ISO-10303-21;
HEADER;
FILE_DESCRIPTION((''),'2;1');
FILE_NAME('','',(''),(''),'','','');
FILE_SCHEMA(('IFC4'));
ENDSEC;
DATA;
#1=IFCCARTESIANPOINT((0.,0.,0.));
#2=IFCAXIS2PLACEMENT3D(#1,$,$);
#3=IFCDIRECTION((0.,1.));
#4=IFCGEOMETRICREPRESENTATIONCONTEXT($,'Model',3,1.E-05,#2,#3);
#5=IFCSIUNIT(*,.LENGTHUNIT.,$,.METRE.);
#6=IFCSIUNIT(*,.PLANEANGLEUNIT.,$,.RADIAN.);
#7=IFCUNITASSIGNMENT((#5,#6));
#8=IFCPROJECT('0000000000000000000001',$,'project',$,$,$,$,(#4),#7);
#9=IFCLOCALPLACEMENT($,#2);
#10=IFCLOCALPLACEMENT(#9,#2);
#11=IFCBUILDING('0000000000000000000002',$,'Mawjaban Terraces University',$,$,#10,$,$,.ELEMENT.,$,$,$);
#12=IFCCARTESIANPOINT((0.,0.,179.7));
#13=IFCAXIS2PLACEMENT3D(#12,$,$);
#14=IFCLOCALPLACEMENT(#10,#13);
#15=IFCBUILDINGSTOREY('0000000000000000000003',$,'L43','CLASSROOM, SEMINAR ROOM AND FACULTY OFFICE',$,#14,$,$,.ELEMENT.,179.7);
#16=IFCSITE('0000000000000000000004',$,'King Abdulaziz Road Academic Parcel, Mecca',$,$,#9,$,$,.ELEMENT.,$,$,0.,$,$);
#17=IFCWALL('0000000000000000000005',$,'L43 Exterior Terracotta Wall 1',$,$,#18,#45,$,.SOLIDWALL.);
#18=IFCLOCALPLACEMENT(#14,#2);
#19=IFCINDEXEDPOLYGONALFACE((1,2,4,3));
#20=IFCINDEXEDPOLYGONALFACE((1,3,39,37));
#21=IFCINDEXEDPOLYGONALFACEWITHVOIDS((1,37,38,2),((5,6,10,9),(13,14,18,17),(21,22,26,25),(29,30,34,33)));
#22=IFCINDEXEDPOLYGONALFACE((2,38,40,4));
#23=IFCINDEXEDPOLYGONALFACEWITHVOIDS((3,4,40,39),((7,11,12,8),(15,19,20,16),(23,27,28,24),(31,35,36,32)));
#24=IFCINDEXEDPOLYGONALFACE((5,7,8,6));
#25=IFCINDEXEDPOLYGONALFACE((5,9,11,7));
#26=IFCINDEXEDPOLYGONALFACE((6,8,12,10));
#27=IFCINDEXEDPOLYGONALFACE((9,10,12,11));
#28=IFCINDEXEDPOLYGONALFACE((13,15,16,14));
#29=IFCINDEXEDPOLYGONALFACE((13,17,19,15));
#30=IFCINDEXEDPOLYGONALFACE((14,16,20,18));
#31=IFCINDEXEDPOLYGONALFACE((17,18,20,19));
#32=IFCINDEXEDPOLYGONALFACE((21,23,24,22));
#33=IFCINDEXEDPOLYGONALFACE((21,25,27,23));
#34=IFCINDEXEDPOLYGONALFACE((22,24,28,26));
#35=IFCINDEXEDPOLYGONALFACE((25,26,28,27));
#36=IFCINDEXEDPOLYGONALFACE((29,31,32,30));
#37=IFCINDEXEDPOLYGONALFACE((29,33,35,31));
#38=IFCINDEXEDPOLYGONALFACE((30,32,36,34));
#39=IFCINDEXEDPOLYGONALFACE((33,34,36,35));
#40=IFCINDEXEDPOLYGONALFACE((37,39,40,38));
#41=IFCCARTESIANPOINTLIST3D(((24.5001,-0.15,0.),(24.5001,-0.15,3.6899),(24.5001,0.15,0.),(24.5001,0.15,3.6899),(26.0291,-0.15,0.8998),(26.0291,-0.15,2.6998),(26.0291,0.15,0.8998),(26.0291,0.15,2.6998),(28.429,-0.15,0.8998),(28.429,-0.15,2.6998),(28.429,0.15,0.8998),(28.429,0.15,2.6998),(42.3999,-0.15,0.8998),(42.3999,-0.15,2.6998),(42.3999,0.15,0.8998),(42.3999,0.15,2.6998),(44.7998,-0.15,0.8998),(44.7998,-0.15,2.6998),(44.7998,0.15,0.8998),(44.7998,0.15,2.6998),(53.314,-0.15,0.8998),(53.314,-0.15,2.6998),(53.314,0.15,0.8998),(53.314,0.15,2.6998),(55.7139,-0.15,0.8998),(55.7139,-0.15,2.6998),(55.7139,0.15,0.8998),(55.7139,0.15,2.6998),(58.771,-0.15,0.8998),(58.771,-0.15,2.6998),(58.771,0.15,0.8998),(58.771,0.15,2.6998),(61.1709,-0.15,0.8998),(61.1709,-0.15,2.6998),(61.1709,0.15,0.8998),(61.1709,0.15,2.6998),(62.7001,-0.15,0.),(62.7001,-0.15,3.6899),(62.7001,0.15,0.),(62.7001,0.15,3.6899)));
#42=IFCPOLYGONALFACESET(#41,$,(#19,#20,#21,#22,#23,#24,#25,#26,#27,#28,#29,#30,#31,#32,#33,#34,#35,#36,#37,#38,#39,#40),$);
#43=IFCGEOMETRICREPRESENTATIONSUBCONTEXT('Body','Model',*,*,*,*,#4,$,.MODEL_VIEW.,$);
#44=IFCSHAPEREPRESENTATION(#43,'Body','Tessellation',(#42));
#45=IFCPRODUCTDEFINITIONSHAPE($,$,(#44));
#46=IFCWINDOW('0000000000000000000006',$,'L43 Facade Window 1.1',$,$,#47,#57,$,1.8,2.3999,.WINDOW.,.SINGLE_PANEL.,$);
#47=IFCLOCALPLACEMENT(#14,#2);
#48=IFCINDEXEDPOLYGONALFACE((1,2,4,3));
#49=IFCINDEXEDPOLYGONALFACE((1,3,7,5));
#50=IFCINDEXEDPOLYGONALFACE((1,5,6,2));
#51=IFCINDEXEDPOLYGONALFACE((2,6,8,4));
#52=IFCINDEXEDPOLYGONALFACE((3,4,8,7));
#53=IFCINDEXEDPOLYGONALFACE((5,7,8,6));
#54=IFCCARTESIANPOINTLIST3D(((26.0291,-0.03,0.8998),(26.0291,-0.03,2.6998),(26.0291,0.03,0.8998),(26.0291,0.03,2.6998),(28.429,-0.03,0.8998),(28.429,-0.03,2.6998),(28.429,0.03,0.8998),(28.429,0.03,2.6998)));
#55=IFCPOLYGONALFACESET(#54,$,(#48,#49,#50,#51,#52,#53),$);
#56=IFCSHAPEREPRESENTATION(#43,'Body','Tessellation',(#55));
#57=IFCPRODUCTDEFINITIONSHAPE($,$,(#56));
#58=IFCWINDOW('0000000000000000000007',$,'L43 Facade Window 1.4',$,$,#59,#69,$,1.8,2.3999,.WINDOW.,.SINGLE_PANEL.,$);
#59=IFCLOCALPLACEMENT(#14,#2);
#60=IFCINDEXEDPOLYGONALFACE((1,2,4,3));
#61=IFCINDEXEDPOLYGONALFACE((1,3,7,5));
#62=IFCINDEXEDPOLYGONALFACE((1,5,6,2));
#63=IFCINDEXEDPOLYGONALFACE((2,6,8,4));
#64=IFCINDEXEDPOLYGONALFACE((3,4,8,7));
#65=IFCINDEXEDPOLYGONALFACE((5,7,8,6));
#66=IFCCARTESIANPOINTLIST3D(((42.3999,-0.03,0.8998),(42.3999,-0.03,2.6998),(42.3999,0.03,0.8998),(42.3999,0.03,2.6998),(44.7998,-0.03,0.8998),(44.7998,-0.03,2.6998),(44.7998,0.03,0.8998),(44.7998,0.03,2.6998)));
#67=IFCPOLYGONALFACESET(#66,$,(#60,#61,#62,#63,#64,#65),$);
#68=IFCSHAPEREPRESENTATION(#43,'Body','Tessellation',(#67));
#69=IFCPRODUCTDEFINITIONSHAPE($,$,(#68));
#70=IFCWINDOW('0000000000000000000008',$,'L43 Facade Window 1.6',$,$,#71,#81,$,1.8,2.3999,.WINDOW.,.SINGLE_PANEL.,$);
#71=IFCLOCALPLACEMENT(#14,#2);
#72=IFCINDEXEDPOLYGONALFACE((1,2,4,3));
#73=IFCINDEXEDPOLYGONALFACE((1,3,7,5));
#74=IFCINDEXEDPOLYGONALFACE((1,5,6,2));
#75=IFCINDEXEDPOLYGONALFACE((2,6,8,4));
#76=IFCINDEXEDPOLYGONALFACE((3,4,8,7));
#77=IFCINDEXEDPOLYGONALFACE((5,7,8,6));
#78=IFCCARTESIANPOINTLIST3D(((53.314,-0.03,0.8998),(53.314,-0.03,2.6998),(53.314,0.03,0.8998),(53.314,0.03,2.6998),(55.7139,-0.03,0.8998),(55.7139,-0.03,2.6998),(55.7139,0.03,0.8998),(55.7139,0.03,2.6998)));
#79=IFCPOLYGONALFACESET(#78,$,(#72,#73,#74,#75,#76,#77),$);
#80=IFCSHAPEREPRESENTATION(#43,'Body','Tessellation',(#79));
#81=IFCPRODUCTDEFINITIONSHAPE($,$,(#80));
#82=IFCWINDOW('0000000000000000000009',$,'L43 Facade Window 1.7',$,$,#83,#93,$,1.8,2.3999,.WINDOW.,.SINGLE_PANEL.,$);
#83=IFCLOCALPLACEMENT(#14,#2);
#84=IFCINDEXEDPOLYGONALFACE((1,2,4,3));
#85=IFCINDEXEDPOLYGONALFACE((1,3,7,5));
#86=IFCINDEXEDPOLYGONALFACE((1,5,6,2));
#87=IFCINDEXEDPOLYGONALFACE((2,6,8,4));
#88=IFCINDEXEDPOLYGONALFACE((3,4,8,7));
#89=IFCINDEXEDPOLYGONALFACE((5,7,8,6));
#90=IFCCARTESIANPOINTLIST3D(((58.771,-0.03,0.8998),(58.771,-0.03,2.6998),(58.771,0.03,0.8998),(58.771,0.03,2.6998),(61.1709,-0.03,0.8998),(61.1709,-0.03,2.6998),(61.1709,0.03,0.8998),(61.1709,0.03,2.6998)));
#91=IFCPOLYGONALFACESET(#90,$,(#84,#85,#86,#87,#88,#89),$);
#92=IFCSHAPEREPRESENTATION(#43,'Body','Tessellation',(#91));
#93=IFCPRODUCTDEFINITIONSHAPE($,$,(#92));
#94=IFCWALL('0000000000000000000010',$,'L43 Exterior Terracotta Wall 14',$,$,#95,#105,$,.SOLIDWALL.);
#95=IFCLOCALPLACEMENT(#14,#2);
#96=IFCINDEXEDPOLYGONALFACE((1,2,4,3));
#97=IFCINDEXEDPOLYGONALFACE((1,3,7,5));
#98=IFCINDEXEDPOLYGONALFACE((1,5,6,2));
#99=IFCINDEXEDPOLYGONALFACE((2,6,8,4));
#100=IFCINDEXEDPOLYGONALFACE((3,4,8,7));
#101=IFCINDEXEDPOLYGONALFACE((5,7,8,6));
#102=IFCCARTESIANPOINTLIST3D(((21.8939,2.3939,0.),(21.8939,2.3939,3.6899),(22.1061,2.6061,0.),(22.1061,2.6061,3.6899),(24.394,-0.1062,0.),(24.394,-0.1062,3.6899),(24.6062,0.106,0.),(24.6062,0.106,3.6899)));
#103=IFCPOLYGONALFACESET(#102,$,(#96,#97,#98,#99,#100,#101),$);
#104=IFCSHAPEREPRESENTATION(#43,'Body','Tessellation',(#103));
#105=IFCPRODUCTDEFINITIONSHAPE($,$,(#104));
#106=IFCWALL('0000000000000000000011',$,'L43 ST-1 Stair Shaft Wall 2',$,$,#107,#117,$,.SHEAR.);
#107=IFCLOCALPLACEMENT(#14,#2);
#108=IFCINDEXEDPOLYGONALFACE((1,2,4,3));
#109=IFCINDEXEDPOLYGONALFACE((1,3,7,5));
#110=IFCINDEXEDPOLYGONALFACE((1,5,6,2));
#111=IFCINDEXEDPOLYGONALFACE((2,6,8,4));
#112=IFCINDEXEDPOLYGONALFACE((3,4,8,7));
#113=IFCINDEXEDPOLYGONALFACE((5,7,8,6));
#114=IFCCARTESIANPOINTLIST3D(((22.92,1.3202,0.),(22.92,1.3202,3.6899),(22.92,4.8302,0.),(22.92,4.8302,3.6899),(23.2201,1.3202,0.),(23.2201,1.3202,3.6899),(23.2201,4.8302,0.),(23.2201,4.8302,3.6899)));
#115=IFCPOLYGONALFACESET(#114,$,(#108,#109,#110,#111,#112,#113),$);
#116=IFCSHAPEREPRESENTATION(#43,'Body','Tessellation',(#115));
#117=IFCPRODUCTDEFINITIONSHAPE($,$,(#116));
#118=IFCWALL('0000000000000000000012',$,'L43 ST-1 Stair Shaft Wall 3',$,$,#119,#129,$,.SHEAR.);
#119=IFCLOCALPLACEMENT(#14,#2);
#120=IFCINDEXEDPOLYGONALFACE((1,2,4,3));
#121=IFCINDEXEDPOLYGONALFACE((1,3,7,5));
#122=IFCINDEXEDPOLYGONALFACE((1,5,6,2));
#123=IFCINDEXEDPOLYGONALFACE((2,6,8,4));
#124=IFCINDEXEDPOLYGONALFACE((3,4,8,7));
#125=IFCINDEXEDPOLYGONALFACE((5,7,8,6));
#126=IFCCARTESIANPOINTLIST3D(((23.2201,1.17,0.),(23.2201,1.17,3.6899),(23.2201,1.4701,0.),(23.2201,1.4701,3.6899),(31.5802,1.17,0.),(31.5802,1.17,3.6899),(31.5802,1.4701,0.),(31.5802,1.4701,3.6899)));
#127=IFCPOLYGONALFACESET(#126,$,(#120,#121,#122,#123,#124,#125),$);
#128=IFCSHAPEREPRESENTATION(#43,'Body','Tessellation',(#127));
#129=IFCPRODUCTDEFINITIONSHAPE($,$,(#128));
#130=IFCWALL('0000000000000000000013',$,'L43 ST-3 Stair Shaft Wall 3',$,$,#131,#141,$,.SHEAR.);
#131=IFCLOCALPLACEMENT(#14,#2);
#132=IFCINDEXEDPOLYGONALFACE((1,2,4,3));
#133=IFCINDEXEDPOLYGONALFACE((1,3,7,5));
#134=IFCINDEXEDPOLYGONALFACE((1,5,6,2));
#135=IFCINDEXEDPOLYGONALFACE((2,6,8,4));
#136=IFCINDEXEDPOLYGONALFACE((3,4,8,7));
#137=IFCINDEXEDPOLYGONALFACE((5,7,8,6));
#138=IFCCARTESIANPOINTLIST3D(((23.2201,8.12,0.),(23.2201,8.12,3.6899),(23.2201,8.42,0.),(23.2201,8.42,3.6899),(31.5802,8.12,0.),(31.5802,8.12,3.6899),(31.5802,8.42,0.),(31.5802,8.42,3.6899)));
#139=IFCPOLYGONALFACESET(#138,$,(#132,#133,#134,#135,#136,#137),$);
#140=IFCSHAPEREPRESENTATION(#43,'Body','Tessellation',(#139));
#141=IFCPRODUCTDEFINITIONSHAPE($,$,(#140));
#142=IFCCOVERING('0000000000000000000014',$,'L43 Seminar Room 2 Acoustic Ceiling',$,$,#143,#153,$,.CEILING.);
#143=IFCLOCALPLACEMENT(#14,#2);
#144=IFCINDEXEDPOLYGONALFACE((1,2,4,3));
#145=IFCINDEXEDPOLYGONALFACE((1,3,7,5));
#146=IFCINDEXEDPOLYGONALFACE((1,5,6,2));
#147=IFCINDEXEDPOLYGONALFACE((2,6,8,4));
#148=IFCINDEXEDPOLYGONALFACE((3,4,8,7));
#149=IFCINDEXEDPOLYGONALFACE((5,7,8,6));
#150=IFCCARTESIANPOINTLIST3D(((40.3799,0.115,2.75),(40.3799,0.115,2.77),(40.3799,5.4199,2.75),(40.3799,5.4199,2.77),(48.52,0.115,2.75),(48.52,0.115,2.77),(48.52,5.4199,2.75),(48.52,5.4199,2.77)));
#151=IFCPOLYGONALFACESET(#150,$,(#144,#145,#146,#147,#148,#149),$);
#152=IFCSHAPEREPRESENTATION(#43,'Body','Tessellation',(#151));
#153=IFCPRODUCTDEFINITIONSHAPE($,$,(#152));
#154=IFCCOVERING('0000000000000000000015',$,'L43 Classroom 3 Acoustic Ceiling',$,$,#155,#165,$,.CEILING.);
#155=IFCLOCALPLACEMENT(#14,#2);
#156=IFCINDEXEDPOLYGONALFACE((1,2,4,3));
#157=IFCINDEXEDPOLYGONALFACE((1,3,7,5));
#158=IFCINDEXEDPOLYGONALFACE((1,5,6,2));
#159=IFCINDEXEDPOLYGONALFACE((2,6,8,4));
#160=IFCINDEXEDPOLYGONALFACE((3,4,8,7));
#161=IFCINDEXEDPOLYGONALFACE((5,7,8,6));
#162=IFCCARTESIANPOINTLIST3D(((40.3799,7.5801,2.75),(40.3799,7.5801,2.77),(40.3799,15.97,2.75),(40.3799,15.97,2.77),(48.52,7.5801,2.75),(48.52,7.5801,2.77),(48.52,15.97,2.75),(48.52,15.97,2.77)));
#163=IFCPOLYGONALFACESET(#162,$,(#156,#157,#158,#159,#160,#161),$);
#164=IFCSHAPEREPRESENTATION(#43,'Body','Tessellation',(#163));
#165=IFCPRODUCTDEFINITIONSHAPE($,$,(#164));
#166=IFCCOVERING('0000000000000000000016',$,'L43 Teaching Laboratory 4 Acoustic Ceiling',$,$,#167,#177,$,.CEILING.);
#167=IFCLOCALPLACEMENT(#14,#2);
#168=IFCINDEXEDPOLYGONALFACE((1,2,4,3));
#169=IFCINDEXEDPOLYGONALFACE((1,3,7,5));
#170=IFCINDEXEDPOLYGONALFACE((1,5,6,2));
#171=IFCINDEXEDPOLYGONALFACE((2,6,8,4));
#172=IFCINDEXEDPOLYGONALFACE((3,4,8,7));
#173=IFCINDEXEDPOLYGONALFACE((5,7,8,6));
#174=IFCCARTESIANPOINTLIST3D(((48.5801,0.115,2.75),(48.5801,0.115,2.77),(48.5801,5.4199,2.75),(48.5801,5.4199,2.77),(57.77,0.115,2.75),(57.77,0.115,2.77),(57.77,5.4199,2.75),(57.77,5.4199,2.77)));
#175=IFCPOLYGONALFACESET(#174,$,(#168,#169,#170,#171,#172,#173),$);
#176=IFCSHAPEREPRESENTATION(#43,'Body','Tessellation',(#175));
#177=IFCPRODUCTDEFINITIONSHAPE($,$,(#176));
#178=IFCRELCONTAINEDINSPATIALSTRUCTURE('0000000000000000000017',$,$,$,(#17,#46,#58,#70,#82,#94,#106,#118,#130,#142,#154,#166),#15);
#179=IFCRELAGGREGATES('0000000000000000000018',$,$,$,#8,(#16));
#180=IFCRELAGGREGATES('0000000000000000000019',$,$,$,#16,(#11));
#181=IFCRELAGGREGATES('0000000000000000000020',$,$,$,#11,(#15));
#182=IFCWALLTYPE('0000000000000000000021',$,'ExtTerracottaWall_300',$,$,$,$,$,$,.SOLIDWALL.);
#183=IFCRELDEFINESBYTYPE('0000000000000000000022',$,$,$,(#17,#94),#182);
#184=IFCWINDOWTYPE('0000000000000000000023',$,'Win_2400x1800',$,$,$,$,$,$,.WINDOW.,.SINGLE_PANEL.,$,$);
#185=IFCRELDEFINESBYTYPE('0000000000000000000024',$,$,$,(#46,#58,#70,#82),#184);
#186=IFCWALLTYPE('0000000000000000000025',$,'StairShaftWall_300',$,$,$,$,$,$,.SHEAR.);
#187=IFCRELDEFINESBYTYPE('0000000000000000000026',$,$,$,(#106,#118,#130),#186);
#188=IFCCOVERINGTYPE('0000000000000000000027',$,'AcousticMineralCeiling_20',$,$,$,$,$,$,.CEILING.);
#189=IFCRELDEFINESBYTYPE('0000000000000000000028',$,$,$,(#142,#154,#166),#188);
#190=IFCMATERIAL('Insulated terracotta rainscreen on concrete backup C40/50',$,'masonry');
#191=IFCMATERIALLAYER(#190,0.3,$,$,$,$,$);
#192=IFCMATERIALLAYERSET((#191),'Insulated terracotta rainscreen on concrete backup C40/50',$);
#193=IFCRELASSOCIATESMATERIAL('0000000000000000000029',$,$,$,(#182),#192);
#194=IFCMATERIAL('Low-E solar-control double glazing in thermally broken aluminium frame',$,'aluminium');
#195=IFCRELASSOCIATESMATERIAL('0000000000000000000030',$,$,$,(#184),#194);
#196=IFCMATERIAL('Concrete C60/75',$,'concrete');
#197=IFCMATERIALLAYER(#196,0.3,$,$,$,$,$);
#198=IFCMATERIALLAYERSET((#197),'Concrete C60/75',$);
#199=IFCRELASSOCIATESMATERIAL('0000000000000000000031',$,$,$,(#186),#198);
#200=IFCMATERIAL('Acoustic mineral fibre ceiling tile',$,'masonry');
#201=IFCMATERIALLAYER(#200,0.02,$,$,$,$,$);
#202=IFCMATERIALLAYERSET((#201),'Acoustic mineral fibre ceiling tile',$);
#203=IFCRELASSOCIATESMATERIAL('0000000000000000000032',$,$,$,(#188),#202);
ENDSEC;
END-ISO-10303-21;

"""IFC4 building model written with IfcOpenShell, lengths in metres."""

from ifc_helpers import new_model, si_unit, direction, frame, frame_2d, origin, place, context, subcontext, project, spatial, polyline, rectangle, outline, extrude, material, layer, layer_set, type_object, element, fill, save


model = new_model("IFC4")

# Units and contexts
model_context = context("Model", 3, precision=1e-05, world=origin(), true_north=direction((0.0, 1.0)))
body_context = subcontext(model_context, "Body", "Model", "MODEL_VIEW")
ifc_project = project(units=[si_unit("LENGTHUNIT", "METRE"), si_unit("PLANEANGLEUNIT", "RADIAN")], contexts=[model_context])

# Site, building, storey
site_placement = place(None, origin())
site = spatial("IfcSite", under=ifc_project, at=site_placement, Name="King Abdulaziz Road Academic Parcel, Mecca", CompositionType="ELEMENT", RefElevation=0.0)
building_placement = place(site_placement, origin())
building = spatial("IfcBuilding", under=site, at=building_placement, Name="Mawjaban Terraces University", CompositionType="ELEMENT")
storey_placement = place(building_placement, frame((0.0, 0.0, 179.7)))
storey = spatial("IfcBuildingStorey", under=building, at=storey_placement, Name="L43", Description="CLASSROOM, SEMINAR ROOM AND FACULTY OFFICE", CompositionType="ELEMENT", Elevation=179.7)

# Shared definitions
ifc_material_1 = material(Name="Concrete C60/75", Category="concrete")

# Wall, openings, windows
ifc_material_2 = material(Name="Insulated terracotta rainscreen on concrete backup C40/50", Category="masonry")
ifc_layer_1 = layer(ifc_material_2, 0.3)
ifc_layer_set_1 = layer_set([ifc_layer_1], Name="Insulated terracotta rainscreen on concrete backup C40/50")
wall_type_1 = type_object("IfcWallType", Name="ExtTerracottaWall_300", PredefinedType="SOLIDWALL", material=ifc_layer_set_1)
wall_1_placement = place(storey_placement, frame((24.5, 0.0, 0.0), z_axis=(0.0, 0.0, 1.0), x_axis=(1.0, 0.0, 0.0)))
wall_1 = element("IfcWall", 1, at=wall_1_placement, inside=storey, type_object=wall_type_1, Name="L43 Exterior Terracotta Wall 1", PredefinedType="SOLIDWALL", context=body_context, shape_type="SweptSolid", body=[
    extrude(rectangle(XDim=38.2, YDim=0.3, at=frame_2d((19.1001, 0.0))), origin(), (0.0, 0.0, 1.0), 3.6899),
])
opening_1_placement = place(wall_1_placement, frame((1.5291, 0.0, 0.8999)))
opening_1 = element("IfcOpeningElement", 2, at=opening_1_placement, cuts=wall_1, PredefinedType="OPENING", context=body_context, shape_type="SweptSolid", body=[
    extrude(rectangle(XDim=2.3999, YDim=1.8, at=frame_2d((1.2, 0.8999))), frame((0.0, 0.1599, 0.0), z_axis=(0.0, -1.0, 0.0), x_axis=(1.0, 0.0, 0.0)), (0.0, 0.0, 1.0), 0.3201),
])
opening_2_placement = place(wall_1_placement, frame((17.8999, 0.0, 0.8999)))
opening_2 = element("IfcOpeningElement", 3, at=opening_2_placement, cuts=wall_1, PredefinedType="OPENING", context=body_context, shape_type="SweptSolid", body=[
    extrude(rectangle(XDim=2.3999, YDim=1.8, at=frame_2d((1.2, 0.8999))), frame((0.0, 0.1599, 0.0), z_axis=(0.0, -1.0, 0.0), x_axis=(1.0, 0.0, 0.0)), (0.0, 0.0, 1.0), 0.3201),
])
opening_3_placement = place(wall_1_placement, frame((28.814, 0.0, 0.8999)))
opening_3 = element("IfcOpeningElement", 4, at=opening_3_placement, cuts=wall_1, PredefinedType="OPENING", context=body_context, shape_type="SweptSolid", body=[
    extrude(rectangle(XDim=2.3999, YDim=1.8, at=frame_2d((1.2, 0.8999))), frame((0.0, 0.1599, 0.0), z_axis=(0.0, -1.0, 0.0), x_axis=(1.0, 0.0, 0.0)), (0.0, 0.0, 1.0), 0.3201),
])
opening_4_placement = place(wall_1_placement, frame((34.271, 0.0, 0.8999)))
opening_4 = element("IfcOpeningElement", 5, at=opening_4_placement, cuts=wall_1, PredefinedType="OPENING", context=body_context, shape_type="SweptSolid", body=[
    extrude(rectangle(XDim=2.3999, YDim=1.8, at=frame_2d((1.2, 0.8999))), frame((0.0, 0.1599, 0.0), z_axis=(0.0, -1.0, 0.0), x_axis=(1.0, 0.0, 0.0)), (0.0, 0.0, 1.0), 0.3201),
])
ifc_material_3 = material(Name="Low-E solar-control double glazing in thermally broken aluminium frame", Category="aluminium")
window_type = type_object("IfcWindowType", Name="Win_2400x1800", PartitioningType="SINGLE_PANEL", PredefinedType="WINDOW", material=ifc_material_3)
window_1_placement = place(opening_1_placement, origin())
window_1 = element("IfcWindow", 6, at=window_1_placement, inside=storey, type_object=window_type, Name="L43 Facade Window 1.1", OverallHeight=1.8, OverallWidth=2.3999, PartitioningType="SINGLE_PANEL", PredefinedType="WINDOW", context=body_context, shape_type="SweptSolid", body=[
    extrude(rectangle(XDim=2.3999, YDim=1.8, at=frame_2d((1.2, 0.8999))), frame((0.0, 0.03, 0.0), z_axis=(0.0, -1.0, 0.0), x_axis=(1.0, 0.0, 0.0)), (0.0, 0.0, 1.0), 0.0601),
])
fill(opening_1, window_1)
window_2_placement = place(opening_2_placement, origin())
window_2 = element("IfcWindow", 7, at=window_2_placement, inside=storey, type_object=window_type, Name="L43 Facade Window 1.4", OverallHeight=1.8, OverallWidth=2.3999, PartitioningType="SINGLE_PANEL", PredefinedType="WINDOW", context=body_context, shape_type="SweptSolid", body=[
    extrude(rectangle(XDim=2.3999, YDim=1.8, at=frame_2d((1.2, 0.8999))), frame((0.0, 0.03, 0.0), z_axis=(0.0, -1.0, 0.0), x_axis=(1.0, 0.0, 0.0)), (0.0, 0.0, 1.0), 0.0601),
])
fill(opening_2, window_2)
window_3_placement = place(opening_3_placement, origin())
window_3 = element("IfcWindow", 8, at=window_3_placement, inside=storey, type_object=window_type, Name="L43 Facade Window 1.6", OverallHeight=1.8, OverallWidth=2.3999, PartitioningType="SINGLE_PANEL", PredefinedType="WINDOW", context=body_context, shape_type="SweptSolid", body=[
    extrude(rectangle(XDim=2.3999, YDim=1.8, at=frame_2d((1.2, 0.8999))), frame((0.0, 0.03, 0.0), z_axis=(0.0, -1.0, 0.0), x_axis=(1.0, 0.0, 0.0)), (0.0, 0.0, 1.0), 0.0601),
])
fill(opening_3, window_3)
window_4_placement = place(opening_4_placement, origin())
window_4 = element("IfcWindow", 9, at=window_4_placement, inside=storey, type_object=window_type, Name="L43 Facade Window 1.7", OverallHeight=1.8, OverallWidth=2.3999, PartitioningType="SINGLE_PANEL", PredefinedType="WINDOW", context=body_context, shape_type="SweptSolid", body=[
    extrude(rectangle(XDim=2.3999, YDim=1.8, at=frame_2d((1.2, 0.8999))), frame((0.0, 0.03, 0.0), z_axis=(0.0, -1.0, 0.0), x_axis=(1.0, 0.0, 0.0)), (0.0, 0.0, 1.0), 0.0601),
])
fill(opening_4, window_4)

# Walls
wall_2_placement = place(storey_placement, frame((22.0, 2.5, 0.0), z_axis=(0.0, 0.0, 1.0), x_axis=(0.707107, -0.707107, 0.0)))
element("IfcWall", 10, at=wall_2_placement, inside=storey, type_object=wall_type_1, Name="L43 Exterior Terracotta Wall 14", PredefinedType="SOLIDWALL", context=body_context, shape_type="SweptSolid", body=[
    extrude(rectangle(XDim=3.5356, YDim=0.3, at=frame_2d((1.7678, 0.0))), origin(), (0.0, 0.0, 1.0), 3.6899),
])
ifc_layer_2 = layer(ifc_material_1, 0.3)
ifc_layer_set_2 = layer_set([ifc_layer_2], Name="Concrete C60/75")
wall_type_2 = type_object("IfcWallType", Name="StairShaftWall_300", PredefinedType="SHEAR", material=ifc_layer_set_2)
wall_3_placement = place(storey_placement, frame((23.0701, 4.8301, 0.0), z_axis=(0.0, 0.0, 1.0), x_axis=(0.0, -1.0, 0.0)))
element("IfcWall", 11, at=wall_3_placement, inside=storey, type_object=wall_type_2, Name="L43 ST-1 Stair Shaft Wall 2", PredefinedType="SHEAR", context=body_context, shape_type="SweptSolid", body=[
    extrude(rectangle(XDim=3.51, YDim=0.3, at=frame_2d((1.7549, 0.0))), origin(), (0.0, 0.0, 1.0), 3.6899),
])
for number, where, z_axis, x_axis, name in (
    (12, (23.22, 1.3201, 0.0), (0.0, 0.0, 1.0), (1.0, 0.0, 0.0), "L43 ST-1 Stair Shaft Wall 3"),
    (13, (23.22, 8.27, 0.0), (0.0, 0.0, 1.0), (1.0, 0.0, 0.0), "L43 ST-3 Stair Shaft Wall 3"),
):
    element("IfcWall", number, at=place(storey_placement, frame(where, z_axis=z_axis, x_axis=x_axis)), inside=storey, type_object=wall_type_2, Name=name, PredefinedType="SHEAR", context=body_context, shape_type="SweptSolid", body=[
        extrude(rectangle(XDim=8.3601, YDim=0.3, at=frame_2d((4.1802, 0.0))), origin(), (0.0, 0.0, 1.0), 3.6899),
    ])

# Coverings
ifc_material_4 = material(Name="Acoustic mineral fibre ceiling tile", Category="masonry")
ifc_layer_3 = layer(ifc_material_4, 0.02)
ifc_layer_set_3 = layer_set([ifc_layer_3], Name="Acoustic mineral fibre ceiling tile")
covering_type_1 = type_object("IfcCoveringType", Name="AcousticMineralCeiling_20", PredefinedType="CEILING", material=ifc_layer_set_3)
covering_1_placement = place(storey_placement, frame((0.0, 0.0, 2.75)))
element("IfcCovering", 14, at=covering_1_placement, inside=storey, type_object=covering_type_1, Name="L43 Seminar Room 2 Acoustic Ceiling", PredefinedType="CEILING", context=body_context, shape_type="SweptSolid", body=[
    extrude(outline(polyline([(40.3799, 0.115), (48.52, 0.115), (48.52, 5.4199), (40.3799, 5.4199), (40.3799, 0.115)])), origin(), (0.0, 0.0, 1.0), 0.02),
])
covering_2_placement = place(storey_placement, frame((0.0, 0.0, 2.75)))
element("IfcCovering", 15, at=covering_2_placement, inside=storey, type_object=covering_type_1, Name="L43 Classroom 3 Acoustic Ceiling", PredefinedType="CEILING", context=body_context, shape_type="SweptSolid", body=[
    extrude(outline(polyline([(48.52, 7.5801), (48.52, 15.97), (40.3799, 15.97), (40.3799, 7.5801), (48.52, 7.5801)])), origin(), (0.0, 0.0, 1.0), 0.02),
])
covering_3_placement = place(storey_placement, frame((0.0, 0.0, 2.75)))
element("IfcCovering", 16, at=covering_3_placement, inside=storey, type_object=covering_type_1, Name="L43 Teaching Laboratory 4 Acoustic Ceiling", PredefinedType="CEILING", context=body_context, shape_type="SweptSolid", body=[
    extrude(outline(polyline([(48.5801, 0.115), (57.77, 0.115), (57.77, 5.4199), (48.5801, 5.4199), (48.5801, 0.115)])), origin(), (0.0, 0.0, 1.0), 0.02),
])

save(model, "model.ifc")
